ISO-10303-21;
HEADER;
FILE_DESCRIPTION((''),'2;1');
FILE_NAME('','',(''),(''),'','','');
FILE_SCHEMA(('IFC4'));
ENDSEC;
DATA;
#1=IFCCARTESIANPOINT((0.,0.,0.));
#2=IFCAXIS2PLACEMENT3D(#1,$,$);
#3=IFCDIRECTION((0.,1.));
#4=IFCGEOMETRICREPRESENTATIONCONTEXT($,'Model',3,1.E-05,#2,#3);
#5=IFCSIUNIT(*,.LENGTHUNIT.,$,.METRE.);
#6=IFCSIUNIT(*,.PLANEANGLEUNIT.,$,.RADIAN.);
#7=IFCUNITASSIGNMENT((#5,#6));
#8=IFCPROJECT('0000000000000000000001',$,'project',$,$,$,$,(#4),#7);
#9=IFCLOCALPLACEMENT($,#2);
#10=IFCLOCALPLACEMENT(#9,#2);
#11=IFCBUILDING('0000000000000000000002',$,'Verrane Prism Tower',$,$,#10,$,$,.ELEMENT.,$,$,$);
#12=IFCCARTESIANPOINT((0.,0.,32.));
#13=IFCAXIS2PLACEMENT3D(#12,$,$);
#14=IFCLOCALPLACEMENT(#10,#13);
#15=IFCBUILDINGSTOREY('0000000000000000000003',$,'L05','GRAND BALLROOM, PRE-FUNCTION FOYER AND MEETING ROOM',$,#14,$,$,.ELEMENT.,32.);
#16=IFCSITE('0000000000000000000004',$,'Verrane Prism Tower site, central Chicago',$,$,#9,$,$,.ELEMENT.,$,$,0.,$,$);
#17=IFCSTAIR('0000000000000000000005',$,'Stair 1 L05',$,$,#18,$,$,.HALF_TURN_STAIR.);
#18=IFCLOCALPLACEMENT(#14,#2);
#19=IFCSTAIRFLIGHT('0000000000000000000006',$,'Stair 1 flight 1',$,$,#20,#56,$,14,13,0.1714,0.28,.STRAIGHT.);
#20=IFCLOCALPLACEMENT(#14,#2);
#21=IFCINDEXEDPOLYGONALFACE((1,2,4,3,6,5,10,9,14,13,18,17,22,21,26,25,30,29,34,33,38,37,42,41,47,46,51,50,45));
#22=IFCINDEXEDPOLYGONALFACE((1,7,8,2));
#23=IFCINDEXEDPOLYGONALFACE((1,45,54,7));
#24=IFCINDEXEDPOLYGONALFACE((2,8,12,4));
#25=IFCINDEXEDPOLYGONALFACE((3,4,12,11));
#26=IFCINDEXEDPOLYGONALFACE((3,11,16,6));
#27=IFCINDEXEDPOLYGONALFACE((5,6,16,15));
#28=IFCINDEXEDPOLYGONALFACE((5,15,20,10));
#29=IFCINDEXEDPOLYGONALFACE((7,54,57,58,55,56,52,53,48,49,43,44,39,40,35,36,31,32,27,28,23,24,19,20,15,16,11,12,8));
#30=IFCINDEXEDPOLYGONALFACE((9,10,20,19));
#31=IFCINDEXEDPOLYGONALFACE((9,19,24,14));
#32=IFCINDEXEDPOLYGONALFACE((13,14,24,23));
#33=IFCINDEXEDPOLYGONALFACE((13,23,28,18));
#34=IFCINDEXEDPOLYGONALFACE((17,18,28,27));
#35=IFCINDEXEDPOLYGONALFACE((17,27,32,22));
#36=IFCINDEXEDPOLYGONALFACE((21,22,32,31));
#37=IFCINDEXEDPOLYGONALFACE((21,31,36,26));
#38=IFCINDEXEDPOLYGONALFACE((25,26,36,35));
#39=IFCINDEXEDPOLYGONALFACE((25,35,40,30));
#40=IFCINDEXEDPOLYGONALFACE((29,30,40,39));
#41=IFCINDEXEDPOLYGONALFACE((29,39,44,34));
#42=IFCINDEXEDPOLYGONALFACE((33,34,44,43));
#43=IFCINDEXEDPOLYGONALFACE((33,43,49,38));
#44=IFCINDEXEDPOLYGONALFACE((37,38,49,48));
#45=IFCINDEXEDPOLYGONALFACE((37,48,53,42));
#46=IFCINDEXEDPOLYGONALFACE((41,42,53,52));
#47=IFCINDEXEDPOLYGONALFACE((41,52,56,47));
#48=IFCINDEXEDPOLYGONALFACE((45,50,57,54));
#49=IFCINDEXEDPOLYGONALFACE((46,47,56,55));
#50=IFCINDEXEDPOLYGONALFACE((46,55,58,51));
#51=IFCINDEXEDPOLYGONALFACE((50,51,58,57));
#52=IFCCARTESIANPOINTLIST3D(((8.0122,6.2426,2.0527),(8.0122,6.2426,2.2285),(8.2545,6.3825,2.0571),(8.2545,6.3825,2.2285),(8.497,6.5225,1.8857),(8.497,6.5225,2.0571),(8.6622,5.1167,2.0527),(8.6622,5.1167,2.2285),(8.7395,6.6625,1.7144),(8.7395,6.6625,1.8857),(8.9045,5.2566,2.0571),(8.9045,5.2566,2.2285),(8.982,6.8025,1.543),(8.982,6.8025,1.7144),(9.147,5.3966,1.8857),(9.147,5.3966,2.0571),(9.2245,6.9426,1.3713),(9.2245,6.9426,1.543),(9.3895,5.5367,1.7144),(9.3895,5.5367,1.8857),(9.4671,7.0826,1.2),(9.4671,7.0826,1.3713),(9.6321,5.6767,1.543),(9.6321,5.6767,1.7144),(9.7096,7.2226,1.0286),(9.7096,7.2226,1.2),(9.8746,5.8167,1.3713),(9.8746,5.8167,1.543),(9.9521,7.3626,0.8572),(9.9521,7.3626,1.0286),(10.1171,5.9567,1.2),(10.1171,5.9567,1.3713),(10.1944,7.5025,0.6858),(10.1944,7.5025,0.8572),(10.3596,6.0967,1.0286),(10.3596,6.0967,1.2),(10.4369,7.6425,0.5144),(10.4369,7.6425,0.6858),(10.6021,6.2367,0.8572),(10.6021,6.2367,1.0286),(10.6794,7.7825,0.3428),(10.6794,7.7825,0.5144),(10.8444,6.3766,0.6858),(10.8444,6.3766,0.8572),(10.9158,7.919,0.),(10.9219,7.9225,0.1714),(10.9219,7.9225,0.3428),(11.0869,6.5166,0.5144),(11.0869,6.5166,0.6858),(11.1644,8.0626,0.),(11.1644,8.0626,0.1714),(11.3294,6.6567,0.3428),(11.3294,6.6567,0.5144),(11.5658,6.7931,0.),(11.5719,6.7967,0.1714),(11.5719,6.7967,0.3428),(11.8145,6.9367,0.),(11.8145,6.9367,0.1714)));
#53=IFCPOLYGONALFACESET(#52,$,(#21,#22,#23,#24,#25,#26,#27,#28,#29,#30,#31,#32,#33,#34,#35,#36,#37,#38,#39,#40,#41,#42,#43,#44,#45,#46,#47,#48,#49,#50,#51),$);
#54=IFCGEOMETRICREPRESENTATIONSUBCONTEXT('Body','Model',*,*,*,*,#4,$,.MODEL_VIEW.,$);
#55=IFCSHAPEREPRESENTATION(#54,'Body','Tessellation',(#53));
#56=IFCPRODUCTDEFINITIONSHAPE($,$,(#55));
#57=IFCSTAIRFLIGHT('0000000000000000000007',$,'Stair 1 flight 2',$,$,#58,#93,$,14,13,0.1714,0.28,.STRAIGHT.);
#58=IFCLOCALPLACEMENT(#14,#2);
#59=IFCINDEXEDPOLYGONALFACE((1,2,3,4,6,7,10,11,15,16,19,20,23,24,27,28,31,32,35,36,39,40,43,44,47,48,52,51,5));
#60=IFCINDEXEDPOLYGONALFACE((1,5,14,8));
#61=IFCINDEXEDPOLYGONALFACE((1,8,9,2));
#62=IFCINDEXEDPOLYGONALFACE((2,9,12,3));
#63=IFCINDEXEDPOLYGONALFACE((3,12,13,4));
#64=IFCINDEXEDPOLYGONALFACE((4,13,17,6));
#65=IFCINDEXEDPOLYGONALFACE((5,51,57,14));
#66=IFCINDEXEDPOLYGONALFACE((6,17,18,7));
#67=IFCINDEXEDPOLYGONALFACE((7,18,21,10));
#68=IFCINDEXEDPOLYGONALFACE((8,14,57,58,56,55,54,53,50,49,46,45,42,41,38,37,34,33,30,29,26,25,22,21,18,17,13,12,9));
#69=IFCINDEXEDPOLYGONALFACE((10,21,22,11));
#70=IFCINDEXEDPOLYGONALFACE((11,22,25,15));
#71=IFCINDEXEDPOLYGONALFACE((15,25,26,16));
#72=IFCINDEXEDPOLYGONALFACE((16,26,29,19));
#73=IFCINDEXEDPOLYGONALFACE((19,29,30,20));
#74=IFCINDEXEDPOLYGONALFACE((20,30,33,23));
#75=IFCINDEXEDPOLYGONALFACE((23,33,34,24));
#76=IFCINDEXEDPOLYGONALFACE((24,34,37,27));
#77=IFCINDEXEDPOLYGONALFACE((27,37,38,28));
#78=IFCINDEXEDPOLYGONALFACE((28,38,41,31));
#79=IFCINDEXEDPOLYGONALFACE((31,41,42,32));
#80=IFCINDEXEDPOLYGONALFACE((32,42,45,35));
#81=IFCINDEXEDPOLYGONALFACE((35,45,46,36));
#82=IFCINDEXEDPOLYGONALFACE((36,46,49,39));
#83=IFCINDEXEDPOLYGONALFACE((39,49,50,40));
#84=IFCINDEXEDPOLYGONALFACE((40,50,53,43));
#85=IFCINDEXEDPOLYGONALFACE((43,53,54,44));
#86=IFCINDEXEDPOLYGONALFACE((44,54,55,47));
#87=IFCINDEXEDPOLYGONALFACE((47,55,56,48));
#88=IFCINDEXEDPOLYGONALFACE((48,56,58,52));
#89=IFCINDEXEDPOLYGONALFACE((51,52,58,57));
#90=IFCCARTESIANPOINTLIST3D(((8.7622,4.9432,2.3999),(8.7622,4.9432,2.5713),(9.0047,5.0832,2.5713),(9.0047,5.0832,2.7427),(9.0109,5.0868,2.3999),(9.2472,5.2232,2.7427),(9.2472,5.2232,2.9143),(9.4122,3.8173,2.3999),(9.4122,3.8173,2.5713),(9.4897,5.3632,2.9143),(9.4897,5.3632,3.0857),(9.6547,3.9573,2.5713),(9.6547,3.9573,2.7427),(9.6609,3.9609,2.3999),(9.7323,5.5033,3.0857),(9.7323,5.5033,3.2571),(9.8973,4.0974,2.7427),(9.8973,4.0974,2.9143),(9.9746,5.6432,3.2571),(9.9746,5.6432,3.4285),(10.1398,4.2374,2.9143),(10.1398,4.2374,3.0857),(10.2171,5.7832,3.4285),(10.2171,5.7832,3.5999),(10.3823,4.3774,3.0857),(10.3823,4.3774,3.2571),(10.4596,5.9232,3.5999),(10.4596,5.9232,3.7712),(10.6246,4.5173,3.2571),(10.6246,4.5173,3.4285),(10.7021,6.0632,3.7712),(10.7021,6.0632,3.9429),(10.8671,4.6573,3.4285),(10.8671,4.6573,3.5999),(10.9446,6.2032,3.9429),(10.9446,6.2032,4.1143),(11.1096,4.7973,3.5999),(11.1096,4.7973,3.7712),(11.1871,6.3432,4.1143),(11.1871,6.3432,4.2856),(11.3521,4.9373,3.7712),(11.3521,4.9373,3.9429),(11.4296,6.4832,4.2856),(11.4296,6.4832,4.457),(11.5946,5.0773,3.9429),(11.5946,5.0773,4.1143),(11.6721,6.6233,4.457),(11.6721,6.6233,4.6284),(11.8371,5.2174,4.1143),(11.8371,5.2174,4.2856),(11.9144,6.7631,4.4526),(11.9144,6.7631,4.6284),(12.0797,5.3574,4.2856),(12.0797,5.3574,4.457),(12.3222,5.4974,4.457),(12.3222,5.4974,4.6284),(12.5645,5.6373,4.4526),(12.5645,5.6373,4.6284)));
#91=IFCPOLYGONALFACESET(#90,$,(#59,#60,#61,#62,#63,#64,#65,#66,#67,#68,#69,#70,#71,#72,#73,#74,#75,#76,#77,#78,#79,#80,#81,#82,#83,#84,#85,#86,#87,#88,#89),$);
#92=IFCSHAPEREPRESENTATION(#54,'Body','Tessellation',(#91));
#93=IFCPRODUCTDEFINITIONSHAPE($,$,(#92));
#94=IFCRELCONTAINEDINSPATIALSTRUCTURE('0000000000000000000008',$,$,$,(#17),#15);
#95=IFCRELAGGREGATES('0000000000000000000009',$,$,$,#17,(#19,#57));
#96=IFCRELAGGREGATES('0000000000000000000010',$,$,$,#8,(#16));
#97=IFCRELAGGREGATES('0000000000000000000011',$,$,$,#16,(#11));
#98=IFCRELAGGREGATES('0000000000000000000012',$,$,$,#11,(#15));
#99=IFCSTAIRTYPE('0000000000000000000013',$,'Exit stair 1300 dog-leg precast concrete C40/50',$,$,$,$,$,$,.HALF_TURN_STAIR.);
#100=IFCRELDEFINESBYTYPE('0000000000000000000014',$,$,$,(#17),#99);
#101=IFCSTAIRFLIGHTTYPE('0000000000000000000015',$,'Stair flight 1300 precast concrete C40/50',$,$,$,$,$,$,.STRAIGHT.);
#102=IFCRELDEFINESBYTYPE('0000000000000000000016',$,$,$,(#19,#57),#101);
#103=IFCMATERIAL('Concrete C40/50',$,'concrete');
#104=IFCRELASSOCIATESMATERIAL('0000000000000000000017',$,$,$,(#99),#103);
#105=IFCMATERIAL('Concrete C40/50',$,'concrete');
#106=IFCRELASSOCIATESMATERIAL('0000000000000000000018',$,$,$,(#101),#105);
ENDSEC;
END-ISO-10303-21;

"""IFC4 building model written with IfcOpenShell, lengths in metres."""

from ifc_helpers import new_model, si_unit, direction, frame, origin, place, context, subcontext, project, spatial, polyline, outline, extrude, material, type_object, element, aggregate, save


model = new_model("IFC4")

# Units and contexts
model_context = context("Model", 3, precision=1e-05, world=origin(), true_north=direction((0.0, 1.0)))
body_context = subcontext(model_context, "Body", "Model", "MODEL_VIEW")
ifc_project = project(units=[si_unit("LENGTHUNIT", "METRE"), si_unit("PLANEANGLEUNIT", "RADIAN")], contexts=[model_context])

# Site, building, storey
site_placement = place(None, origin())
site = spatial("IfcSite", under=ifc_project, at=site_placement, Name="Verrane Prism Tower site, central Chicago", CompositionType="ELEMENT", RefElevation=0.0)
building_placement = place(site_placement, origin())
building = spatial("IfcBuilding", under=site, at=building_placement, Name="Verrane Prism Tower", CompositionType="ELEMENT")
storey_placement = place(building_placement, frame((0.0, 0.0, 32.0)))
storey = spatial("IfcBuildingStorey", under=building, at=storey_placement, Name="L05", Description="GRAND BALLROOM, PRE-FUNCTION FOYER AND MEETING ROOM", CompositionType="ELEMENT", Elevation=32.0)

# Stair, stair flights
ifc_material_1 = material(Name="Concrete C40/50", Category="concrete")
stair_type = type_object("IfcStairType", Name="Exit stair 1300 dog-leg precast concrete C40/50", PredefinedType="HALF_TURN_STAIR", material=ifc_material_1)
stair_placement = place(storey_placement, origin())
stair = element("IfcStair", 1, at=stair_placement, inside=storey, type_object=stair_type, Name="Stair 1 L05", PredefinedType="HALF_TURN_STAIR")
ifc_material_2 = material(Name="Concrete C40/50", Category="concrete")
stair_flight_type = type_object("IfcStairFlightType", Name="Stair flight 1300 precast concrete C40/50", PredefinedType="STRAIGHT", material=ifc_material_2)
stair_flight_1_placement = place(storey_placement, frame((11.4895, 7.4995, 0.0), z_axis=(0.0, 0.0, 1.0), x_axis=(-0.866025, -0.5, 0.0)))
stair_flight_1 = element("IfcStairFlight", 2, at=stair_flight_1_placement, type_object=stair_flight_type, Name="Stair 1 flight 1", NumberOfRisers=14, NumberOfTreads=13, PredefinedType="STRAIGHT", RiserHeight=0.1714, TreadLength=0.28, context=body_context, shape_type="SweptSolid", body=[
    extrude(outline(polyline([(0.0, 0.0), (0.0, 0.1714), (0.28, 0.1714), (0.28, 0.3428), (0.5601, 0.3428), (0.5601, 0.5144), (0.8401, 0.5144), (0.8401, 0.6858), (1.1201, 0.6858), (1.1201, 0.8572), (1.3999, 0.8572), (1.3999, 1.0286), (1.6799, 1.0286), (1.6799, 1.2), (1.96, 1.2), (1.96, 1.3713), (2.24, 1.3713), (2.24, 1.543), (2.52, 1.543), (2.52, 1.7144), (2.8, 1.7144), (2.8, 1.8857), (3.0801, 1.8857), (3.0801, 2.0571), (3.3601, 2.0571), (3.3601, 2.2285), (3.6399, 2.2285), (3.6399, 2.3999), (3.6399, 2.0527), (0.2871, 0.0), (0.0, 0.0)])), frame((0.0, 0.6499, 0.0), z_axis=(0.0, -1.0, 0.0), x_axis=(1.0, 0.0, 0.0)), (0.0, 0.0, 1.0), 1.3),
])
stair_flight_2_placement = place(storey_placement, frame((9.0872, 4.3804, 2.3999), z_axis=(0.0, 0.0, 1.0), x_axis=(0.866025, 0.5, 0.0)))
stair_flight_2 = element("IfcStairFlight", 3, at=stair_flight_2_placement, type_object=stair_flight_type, Name="Stair 1 flight 2", NumberOfRisers=14, NumberOfTreads=13, PredefinedType="STRAIGHT", RiserHeight=0.1714, TreadLength=0.28, context=body_context, shape_type="SweptSolid", body=[
    extrude(outline(polyline([(0.0, 0.0), (0.0, 0.1714), (0.28, 0.1714), (0.28, 0.3428), (0.5601, 0.3428), (0.5601, 0.5144), (0.8401, 0.5144), (0.8401, 0.6858), (1.1201, 0.6858), (1.1201, 0.8572), (1.3999, 0.8572), (1.3999, 1.0286), (1.6799, 1.0286), (1.6799, 1.2), (1.96, 1.2), (1.96, 1.3713), (2.24, 1.3713), (2.24, 1.543), (2.52, 1.543), (2.52, 1.7144), (2.8, 1.7144), (2.8, 1.8857), (3.0801, 1.8857), (3.0801, 2.0571), (3.3601, 2.0571), (3.3601, 2.2285), (3.6399, 2.2285), (3.6399, 2.3999), (3.6399, 2.0527), (0.2871, 0.0), (0.0, 0.0)])), frame((0.0, 0.6499, 0.0), z_axis=(0.0, -1.0, 0.0), x_axis=(1.0, 0.0, 0.0)), (0.0, 0.0, 1.0), 1.3),
])
aggregate(stair, [stair_flight_1, stair_flight_2])

save(model, "model.ifc")
